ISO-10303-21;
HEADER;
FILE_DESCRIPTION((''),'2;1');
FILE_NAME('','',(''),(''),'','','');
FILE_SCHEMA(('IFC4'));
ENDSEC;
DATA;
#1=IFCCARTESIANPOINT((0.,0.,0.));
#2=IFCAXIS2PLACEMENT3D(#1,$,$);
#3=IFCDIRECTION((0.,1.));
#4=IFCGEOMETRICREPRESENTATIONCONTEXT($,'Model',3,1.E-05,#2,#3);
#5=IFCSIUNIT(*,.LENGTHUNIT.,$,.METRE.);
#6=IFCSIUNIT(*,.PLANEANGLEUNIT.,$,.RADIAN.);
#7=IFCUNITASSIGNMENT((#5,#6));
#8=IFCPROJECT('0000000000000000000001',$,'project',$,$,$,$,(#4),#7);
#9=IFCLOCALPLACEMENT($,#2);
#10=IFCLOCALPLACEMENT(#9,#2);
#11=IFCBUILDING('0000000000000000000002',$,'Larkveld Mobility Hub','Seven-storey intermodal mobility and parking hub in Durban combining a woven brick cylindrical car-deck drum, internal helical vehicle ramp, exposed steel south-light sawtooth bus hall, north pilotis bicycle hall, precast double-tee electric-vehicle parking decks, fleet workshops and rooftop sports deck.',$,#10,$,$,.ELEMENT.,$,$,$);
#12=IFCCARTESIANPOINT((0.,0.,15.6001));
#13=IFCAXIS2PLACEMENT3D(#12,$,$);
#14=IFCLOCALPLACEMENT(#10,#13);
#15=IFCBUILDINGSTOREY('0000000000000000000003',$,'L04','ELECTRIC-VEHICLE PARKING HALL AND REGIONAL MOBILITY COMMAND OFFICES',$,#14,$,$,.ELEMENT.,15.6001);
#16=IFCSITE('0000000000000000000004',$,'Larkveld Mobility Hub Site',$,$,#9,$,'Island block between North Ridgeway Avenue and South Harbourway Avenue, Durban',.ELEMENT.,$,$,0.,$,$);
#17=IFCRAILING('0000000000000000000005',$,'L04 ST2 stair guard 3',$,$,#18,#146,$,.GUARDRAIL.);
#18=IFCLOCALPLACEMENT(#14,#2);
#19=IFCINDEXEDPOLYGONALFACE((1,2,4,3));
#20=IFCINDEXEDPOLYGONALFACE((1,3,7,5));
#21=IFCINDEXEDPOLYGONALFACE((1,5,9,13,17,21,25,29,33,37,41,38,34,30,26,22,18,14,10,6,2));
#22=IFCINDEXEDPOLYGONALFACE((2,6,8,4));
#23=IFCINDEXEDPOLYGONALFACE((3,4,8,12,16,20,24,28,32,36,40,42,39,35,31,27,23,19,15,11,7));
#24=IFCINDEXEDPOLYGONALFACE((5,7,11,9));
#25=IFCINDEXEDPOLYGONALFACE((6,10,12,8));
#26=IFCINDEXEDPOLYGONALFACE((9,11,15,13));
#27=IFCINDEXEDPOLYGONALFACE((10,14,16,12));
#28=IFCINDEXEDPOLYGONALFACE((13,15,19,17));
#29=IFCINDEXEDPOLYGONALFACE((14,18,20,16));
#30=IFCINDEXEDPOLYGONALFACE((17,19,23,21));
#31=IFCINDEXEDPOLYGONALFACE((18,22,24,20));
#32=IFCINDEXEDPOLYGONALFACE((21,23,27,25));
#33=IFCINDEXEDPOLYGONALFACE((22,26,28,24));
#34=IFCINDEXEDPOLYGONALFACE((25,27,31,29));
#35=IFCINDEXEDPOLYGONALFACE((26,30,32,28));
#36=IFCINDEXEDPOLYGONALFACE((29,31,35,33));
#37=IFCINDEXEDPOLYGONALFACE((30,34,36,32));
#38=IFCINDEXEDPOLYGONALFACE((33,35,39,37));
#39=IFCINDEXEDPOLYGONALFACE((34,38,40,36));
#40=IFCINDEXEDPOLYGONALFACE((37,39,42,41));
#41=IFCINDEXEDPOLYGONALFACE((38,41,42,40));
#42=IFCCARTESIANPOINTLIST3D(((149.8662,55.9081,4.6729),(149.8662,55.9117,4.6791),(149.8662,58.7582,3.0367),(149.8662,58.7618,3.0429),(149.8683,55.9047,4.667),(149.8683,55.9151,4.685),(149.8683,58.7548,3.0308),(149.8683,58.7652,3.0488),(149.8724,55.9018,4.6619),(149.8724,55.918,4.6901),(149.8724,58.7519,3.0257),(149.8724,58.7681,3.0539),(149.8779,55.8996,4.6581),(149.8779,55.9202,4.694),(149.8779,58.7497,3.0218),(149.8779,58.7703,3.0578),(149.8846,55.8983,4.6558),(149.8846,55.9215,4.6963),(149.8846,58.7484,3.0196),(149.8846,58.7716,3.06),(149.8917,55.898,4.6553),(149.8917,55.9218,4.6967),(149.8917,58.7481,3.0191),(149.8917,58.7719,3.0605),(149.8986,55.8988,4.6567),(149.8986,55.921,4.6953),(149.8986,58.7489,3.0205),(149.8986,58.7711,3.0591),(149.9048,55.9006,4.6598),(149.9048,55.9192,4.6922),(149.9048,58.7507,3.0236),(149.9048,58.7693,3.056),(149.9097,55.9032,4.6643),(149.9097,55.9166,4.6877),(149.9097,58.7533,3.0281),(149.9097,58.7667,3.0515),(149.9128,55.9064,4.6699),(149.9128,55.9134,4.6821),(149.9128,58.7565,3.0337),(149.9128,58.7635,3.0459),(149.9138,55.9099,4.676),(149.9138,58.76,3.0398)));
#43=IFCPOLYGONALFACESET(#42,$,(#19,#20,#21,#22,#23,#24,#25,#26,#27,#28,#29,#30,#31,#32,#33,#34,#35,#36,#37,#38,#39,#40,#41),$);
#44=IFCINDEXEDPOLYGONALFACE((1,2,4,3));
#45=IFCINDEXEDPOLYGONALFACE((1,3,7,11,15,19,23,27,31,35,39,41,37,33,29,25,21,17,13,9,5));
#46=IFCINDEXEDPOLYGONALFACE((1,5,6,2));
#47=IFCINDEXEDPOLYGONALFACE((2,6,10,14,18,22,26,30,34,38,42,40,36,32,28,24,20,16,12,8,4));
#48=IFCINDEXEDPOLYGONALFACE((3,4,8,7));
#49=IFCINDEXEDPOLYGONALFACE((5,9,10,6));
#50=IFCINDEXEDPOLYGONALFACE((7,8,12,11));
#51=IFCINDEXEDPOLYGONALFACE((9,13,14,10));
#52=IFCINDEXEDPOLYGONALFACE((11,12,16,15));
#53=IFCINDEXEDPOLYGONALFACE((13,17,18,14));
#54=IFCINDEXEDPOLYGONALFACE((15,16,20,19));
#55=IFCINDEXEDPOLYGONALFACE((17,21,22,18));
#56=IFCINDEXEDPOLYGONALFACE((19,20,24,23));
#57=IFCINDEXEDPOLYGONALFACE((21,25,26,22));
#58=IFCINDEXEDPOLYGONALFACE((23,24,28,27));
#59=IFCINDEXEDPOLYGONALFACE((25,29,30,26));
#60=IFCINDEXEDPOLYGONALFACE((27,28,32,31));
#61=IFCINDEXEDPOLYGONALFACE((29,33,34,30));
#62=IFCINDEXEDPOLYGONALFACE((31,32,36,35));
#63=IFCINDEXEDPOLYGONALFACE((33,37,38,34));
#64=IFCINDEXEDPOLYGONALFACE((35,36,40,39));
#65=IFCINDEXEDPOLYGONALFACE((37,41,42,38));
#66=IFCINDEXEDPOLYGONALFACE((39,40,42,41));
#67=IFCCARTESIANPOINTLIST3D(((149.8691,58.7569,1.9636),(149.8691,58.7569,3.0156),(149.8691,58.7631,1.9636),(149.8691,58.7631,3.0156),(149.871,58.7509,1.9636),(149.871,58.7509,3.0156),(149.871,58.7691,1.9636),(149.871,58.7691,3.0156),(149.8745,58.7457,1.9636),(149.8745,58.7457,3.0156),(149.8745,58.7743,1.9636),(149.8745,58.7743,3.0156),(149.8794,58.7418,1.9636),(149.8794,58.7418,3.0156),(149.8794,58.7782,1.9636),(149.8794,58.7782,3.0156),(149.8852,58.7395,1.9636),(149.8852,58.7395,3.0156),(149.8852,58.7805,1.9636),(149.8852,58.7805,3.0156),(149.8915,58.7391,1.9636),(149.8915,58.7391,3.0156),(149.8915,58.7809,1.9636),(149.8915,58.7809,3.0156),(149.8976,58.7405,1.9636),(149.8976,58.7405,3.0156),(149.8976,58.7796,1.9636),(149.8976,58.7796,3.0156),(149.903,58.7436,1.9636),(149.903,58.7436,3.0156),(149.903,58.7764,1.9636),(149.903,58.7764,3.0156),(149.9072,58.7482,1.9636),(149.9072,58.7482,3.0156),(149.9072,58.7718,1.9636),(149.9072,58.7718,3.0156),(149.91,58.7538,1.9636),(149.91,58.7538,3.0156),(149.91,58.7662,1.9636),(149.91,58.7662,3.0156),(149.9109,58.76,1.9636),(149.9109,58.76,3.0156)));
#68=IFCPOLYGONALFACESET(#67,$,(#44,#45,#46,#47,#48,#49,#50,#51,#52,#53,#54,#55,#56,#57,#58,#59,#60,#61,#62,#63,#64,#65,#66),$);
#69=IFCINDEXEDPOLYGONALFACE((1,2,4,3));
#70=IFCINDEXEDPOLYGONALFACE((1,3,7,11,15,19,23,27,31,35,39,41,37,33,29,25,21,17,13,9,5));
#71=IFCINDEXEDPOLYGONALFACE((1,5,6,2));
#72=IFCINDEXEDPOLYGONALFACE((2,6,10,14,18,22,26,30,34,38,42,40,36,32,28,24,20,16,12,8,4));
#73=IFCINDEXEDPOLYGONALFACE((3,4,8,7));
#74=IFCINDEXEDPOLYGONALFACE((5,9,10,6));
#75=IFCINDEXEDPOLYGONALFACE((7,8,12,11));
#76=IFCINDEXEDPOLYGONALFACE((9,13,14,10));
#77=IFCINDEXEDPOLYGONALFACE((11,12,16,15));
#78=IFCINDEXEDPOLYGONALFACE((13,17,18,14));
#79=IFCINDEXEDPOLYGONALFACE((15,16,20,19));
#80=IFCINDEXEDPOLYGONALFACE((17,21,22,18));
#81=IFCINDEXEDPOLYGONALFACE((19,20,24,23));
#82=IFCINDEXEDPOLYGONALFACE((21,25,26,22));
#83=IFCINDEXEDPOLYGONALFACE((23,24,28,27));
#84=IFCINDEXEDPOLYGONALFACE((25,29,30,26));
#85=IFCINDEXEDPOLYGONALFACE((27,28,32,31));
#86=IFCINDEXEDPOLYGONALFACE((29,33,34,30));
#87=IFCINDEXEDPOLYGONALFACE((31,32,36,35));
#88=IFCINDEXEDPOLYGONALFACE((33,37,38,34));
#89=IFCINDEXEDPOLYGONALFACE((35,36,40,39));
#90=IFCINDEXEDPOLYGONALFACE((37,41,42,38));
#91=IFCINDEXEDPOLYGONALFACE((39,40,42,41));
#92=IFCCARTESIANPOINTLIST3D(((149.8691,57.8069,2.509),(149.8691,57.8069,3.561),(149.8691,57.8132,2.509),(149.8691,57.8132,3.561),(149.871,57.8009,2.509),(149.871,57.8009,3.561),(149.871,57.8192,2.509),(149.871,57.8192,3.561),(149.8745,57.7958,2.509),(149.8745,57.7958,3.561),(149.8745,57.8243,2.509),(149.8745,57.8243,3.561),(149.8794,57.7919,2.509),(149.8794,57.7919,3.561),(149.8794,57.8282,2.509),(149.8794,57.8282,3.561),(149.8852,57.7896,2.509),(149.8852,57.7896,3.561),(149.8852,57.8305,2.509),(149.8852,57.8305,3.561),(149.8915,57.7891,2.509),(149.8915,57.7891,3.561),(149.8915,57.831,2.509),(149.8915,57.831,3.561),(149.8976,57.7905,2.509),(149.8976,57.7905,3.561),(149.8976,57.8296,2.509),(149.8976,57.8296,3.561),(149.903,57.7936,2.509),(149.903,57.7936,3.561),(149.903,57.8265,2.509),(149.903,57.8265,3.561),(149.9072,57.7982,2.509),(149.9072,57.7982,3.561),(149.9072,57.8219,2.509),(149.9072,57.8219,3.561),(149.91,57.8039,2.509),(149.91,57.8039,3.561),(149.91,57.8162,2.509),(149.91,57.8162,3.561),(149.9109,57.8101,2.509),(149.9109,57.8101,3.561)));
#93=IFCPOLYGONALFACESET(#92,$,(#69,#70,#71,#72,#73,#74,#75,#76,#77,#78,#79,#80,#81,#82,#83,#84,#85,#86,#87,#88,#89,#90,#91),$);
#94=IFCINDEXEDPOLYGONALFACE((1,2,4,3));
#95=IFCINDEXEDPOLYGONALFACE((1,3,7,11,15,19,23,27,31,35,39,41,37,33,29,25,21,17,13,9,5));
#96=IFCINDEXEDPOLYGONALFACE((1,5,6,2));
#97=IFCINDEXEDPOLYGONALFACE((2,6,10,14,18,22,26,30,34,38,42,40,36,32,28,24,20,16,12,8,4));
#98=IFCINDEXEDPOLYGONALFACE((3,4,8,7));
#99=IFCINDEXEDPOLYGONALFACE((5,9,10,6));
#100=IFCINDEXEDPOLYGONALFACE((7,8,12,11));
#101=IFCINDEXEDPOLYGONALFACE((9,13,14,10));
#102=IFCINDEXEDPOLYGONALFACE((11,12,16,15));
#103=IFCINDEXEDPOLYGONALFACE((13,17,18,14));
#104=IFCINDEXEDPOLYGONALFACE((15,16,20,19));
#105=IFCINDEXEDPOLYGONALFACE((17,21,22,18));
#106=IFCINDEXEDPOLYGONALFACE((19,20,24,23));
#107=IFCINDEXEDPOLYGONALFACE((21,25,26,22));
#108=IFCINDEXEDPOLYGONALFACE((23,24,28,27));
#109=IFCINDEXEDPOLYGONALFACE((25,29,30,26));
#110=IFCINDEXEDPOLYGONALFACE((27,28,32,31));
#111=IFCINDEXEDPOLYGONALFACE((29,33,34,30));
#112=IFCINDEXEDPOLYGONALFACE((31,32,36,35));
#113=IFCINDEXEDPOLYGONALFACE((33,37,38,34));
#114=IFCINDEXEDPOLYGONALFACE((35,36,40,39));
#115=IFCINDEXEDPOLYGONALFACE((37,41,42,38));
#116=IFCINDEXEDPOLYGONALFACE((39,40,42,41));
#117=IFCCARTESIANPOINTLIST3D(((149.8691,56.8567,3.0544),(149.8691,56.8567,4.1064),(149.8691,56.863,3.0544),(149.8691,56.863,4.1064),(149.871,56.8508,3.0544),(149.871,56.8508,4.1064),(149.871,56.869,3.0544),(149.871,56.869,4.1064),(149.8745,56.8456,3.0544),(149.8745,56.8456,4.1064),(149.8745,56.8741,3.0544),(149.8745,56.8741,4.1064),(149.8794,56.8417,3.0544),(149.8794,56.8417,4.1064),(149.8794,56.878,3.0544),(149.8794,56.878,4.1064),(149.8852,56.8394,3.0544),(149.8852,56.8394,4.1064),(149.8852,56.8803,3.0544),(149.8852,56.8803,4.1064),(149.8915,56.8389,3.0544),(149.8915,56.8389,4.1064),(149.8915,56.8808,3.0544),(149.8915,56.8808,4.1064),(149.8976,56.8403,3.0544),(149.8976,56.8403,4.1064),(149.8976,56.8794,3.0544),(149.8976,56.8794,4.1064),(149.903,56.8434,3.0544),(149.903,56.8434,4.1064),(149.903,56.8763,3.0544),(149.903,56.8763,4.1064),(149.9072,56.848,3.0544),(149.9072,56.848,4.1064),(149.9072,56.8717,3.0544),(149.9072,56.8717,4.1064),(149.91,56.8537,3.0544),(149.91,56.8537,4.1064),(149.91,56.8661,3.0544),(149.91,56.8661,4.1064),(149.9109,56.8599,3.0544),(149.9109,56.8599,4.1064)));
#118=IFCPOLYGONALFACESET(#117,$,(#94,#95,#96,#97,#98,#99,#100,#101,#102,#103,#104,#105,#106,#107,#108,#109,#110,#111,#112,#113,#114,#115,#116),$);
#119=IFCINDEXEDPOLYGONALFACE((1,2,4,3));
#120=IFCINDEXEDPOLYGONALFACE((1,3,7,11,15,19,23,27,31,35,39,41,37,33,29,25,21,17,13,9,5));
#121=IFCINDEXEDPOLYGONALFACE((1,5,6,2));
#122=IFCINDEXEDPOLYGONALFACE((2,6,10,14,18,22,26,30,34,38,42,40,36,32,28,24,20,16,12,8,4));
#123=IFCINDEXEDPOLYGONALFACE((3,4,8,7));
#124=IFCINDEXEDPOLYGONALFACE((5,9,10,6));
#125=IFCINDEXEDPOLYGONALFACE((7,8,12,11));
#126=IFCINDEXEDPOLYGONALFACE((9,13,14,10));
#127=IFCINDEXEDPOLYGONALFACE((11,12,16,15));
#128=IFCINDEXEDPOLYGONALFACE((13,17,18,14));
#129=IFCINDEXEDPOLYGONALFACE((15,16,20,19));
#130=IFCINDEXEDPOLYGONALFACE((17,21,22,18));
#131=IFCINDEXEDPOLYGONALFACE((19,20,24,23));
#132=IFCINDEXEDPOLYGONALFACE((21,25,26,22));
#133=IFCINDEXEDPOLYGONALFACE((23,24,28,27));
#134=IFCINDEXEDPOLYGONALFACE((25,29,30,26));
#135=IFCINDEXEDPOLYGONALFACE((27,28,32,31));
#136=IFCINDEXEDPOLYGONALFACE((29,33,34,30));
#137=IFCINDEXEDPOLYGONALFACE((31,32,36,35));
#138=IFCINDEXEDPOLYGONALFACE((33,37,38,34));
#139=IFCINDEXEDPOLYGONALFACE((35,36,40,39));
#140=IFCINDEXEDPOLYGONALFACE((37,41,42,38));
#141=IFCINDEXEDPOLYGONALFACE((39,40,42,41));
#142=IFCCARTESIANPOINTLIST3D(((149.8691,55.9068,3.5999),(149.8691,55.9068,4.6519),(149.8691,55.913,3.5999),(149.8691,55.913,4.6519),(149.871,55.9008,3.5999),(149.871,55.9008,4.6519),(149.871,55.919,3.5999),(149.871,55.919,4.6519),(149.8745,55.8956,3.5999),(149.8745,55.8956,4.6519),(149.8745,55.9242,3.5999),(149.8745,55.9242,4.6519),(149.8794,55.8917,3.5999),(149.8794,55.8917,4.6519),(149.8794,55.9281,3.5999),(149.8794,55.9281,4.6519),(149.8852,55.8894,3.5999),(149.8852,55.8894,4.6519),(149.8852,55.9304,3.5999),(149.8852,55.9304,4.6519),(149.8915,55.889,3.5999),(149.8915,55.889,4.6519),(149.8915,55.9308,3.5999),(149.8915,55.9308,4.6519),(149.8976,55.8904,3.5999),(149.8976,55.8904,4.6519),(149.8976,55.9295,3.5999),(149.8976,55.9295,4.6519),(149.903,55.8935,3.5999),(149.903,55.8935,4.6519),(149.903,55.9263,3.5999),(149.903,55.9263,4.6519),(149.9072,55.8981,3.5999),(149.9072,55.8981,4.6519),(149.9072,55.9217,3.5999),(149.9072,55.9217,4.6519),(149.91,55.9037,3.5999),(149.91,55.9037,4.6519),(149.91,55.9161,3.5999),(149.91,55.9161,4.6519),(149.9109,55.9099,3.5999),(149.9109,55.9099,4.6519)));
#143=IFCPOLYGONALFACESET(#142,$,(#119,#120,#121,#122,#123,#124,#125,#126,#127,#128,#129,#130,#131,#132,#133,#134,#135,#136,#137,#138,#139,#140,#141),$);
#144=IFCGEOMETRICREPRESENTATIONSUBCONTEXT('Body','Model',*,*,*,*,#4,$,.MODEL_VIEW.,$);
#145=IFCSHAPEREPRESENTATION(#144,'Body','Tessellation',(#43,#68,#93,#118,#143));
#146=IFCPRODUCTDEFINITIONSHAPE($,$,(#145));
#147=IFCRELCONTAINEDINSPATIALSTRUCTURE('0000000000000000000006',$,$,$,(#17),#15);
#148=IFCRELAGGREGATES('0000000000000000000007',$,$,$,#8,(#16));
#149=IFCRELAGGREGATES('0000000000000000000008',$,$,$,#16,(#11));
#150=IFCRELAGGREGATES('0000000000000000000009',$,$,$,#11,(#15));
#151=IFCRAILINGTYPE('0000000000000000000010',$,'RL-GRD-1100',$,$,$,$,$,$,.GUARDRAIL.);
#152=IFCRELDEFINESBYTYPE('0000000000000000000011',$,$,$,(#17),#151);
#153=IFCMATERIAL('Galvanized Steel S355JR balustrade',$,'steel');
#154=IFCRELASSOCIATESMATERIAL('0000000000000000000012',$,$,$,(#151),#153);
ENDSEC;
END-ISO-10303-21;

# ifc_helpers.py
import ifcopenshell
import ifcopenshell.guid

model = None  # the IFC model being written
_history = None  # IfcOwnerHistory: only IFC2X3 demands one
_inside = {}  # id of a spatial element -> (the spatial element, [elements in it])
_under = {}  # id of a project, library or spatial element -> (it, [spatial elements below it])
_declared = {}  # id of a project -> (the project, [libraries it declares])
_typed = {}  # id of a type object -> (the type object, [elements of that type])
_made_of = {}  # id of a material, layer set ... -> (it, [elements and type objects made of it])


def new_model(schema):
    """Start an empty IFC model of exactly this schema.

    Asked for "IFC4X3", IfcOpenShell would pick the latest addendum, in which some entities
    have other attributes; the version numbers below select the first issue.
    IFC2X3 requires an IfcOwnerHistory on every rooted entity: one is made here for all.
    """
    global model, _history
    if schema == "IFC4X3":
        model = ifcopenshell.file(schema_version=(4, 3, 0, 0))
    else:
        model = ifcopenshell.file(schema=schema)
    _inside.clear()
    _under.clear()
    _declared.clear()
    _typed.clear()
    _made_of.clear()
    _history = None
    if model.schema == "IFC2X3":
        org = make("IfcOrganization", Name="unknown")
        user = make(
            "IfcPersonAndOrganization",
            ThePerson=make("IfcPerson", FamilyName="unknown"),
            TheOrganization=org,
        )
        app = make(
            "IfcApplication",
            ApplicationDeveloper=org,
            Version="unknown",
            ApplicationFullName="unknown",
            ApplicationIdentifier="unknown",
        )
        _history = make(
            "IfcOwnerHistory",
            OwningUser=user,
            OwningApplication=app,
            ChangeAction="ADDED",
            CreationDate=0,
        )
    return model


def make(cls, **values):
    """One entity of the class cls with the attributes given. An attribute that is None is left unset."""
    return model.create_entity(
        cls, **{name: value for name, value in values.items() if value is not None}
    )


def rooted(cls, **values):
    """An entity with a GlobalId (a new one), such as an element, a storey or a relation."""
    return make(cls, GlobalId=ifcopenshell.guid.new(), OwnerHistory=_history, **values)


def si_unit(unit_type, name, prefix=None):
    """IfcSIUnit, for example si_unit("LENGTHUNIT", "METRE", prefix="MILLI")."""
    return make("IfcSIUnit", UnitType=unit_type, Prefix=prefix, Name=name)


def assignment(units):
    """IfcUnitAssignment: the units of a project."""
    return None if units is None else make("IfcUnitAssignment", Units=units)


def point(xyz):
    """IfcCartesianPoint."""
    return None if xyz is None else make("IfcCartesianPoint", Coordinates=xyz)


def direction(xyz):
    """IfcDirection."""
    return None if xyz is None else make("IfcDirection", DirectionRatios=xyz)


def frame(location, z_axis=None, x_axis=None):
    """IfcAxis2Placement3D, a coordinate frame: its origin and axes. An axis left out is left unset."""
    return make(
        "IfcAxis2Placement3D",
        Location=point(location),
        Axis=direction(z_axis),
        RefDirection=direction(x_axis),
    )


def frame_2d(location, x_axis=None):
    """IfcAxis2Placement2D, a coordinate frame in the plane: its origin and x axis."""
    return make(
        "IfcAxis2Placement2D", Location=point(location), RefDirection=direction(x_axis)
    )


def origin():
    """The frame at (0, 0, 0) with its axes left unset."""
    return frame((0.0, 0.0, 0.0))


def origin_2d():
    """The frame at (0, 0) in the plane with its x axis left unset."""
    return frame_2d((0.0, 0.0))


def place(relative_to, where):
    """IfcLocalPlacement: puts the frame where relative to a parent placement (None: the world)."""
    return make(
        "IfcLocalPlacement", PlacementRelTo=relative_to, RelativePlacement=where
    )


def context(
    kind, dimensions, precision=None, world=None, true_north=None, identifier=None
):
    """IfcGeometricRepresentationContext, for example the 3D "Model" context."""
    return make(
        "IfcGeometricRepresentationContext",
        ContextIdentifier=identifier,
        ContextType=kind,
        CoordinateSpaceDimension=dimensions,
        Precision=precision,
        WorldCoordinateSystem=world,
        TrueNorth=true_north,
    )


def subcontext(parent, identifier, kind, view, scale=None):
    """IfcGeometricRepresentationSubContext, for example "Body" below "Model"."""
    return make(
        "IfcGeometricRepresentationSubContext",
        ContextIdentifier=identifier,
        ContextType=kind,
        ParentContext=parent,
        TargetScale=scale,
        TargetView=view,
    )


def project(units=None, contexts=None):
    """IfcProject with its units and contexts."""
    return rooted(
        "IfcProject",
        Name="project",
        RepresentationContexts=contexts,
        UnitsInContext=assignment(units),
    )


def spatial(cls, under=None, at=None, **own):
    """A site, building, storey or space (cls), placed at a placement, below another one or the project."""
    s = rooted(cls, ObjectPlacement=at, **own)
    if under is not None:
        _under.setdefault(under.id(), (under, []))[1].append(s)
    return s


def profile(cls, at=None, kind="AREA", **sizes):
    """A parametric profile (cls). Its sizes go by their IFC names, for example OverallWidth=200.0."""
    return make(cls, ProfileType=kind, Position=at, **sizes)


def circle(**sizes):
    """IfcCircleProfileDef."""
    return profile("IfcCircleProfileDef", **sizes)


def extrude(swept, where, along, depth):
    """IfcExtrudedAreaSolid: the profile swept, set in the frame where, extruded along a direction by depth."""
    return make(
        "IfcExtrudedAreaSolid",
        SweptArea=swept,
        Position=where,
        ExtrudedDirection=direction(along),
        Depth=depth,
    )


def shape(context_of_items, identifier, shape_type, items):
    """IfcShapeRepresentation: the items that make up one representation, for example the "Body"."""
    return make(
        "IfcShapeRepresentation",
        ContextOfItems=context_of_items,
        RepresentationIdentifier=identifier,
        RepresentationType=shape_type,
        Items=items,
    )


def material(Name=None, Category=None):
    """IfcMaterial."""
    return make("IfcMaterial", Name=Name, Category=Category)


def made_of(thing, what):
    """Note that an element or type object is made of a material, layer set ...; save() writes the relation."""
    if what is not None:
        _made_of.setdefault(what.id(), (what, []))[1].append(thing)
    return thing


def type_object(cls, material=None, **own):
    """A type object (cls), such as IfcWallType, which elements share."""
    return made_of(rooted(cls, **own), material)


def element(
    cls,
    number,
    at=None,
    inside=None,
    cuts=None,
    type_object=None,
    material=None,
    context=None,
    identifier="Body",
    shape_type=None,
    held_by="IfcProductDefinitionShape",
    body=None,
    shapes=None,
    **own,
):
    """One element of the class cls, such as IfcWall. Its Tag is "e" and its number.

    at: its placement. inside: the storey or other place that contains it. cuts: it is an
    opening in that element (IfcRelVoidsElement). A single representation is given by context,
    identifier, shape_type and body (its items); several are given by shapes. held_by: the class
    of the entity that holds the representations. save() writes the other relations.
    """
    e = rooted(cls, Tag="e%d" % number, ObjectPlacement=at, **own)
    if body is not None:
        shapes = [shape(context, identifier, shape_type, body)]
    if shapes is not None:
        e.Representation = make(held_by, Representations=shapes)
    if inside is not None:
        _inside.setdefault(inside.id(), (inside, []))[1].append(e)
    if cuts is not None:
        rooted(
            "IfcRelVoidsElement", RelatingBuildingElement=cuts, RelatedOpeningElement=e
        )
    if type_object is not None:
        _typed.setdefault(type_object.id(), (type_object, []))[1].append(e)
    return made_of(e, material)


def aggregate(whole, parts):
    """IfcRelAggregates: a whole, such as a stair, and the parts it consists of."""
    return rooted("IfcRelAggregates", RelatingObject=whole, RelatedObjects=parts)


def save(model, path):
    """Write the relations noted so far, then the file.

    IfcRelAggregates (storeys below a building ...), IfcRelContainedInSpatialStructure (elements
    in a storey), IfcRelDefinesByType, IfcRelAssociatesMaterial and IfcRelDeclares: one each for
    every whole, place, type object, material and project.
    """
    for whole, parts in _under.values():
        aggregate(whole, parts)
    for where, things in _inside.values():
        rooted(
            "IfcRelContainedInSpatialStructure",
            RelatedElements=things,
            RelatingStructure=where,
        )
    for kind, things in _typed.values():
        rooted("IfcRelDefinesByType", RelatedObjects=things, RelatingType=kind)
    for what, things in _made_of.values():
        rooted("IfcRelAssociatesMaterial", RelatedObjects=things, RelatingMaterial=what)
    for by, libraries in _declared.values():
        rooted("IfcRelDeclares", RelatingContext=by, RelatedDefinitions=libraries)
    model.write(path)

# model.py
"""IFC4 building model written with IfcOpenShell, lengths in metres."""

from ifc_helpers import new_model, si_unit, direction, frame, origin, origin_2d, place, context, subcontext, project, spatial, circle, extrude, material, type_object, element, save


model = new_model("IFC4")

# Units and contexts
model_context = context("Model", 3, precision=1e-05, world=origin(), true_north=direction((0.0, 1.0)))
body_context = subcontext(model_context, "Body", "Model", "MODEL_VIEW")
ifc_project = project(units=[si_unit("LENGTHUNIT", "METRE"), si_unit("PLANEANGLEUNIT", "RADIAN")], contexts=[model_context])

# Site, building, storey
site_placement = place(None, origin())
site = spatial("IfcSite", under=ifc_project, at=site_placement, Name="Larkveld Mobility Hub Site", LongName="Island block between North Ridgeway Avenue and South Harbourway Avenue, Durban", CompositionType="ELEMENT", RefElevation=0.0)
building_placement = place(site_placement, origin())
building = spatial("IfcBuilding", under=site, at=building_placement, Name="Larkveld Mobility Hub", Description="Seven-storey intermodal mobility and parking hub in Durban combining a woven brick cylindrical car-deck drum, internal helical vehicle ramp, exposed steel south-light sawtooth bus hall, north pilotis bicycle hall, precast double-tee electric-vehicle parking decks, fleet workshops and rooftop sports deck.", CompositionType="ELEMENT")
storey_placement = place(building_placement, frame((0.0, 0.0, 15.6001)))
storey = spatial("IfcBuildingStorey", under=building, at=storey_placement, Name="L04", Description="ELECTRIC-VEHICLE PARKING HALL AND REGIONAL MOBILITY COMMAND OFFICES", CompositionType="ELEMENT", Elevation=15.6001)

# Railing
ifc_material_1 = material(Name="Galvanized Steel S355JR balustrade", Category="steel")
railing_type = type_object("IfcRailingType", Name="RL-GRD-1100", PredefinedType="GUARDRAIL", material=ifc_material_1)
railing_1_placement = place(storey_placement, frame((149.8899, 58.76, 1.9636)))
element("IfcRailing", 1, at=railing_1_placement, inside=storey, type_object=railing_type, Name="L04 ST2 stair guard 3", PredefinedType="GUARDRAIL", context=body_context, shape_type="SweptSolid", body=[
    extrude(circle(Radius=0.0239, at=origin_2d()), frame((0.0, 0.0, 1.0762), z_axis=(0.0, -0.867245, 0.497882), x_axis=(1.0, 0.0, 0.0)), (0.0, 0.0, 1.0), 3.2864),
    extrude(circle(Radius=0.021, at=origin_2d()), origin(), (0.0, 0.0, 1.0), 1.052),
    extrude(circle(Radius=0.021, at=origin_2d()), frame((0.0, -0.95, 0.5454)), (0.0, 0.0, 1.0), 1.052),
    extrude(circle(Radius=0.021, at=origin_2d()), frame((0.0, -1.9001, 1.0908)), (0.0, 0.0, 1.0), 1.052),
    extrude(circle(Radius=0.021, at=origin_2d()), frame((0.0, -2.8501, 1.6362)), (0.0, 0.0, 1.0), 1.052),
])

save(model, "model.ifc")
